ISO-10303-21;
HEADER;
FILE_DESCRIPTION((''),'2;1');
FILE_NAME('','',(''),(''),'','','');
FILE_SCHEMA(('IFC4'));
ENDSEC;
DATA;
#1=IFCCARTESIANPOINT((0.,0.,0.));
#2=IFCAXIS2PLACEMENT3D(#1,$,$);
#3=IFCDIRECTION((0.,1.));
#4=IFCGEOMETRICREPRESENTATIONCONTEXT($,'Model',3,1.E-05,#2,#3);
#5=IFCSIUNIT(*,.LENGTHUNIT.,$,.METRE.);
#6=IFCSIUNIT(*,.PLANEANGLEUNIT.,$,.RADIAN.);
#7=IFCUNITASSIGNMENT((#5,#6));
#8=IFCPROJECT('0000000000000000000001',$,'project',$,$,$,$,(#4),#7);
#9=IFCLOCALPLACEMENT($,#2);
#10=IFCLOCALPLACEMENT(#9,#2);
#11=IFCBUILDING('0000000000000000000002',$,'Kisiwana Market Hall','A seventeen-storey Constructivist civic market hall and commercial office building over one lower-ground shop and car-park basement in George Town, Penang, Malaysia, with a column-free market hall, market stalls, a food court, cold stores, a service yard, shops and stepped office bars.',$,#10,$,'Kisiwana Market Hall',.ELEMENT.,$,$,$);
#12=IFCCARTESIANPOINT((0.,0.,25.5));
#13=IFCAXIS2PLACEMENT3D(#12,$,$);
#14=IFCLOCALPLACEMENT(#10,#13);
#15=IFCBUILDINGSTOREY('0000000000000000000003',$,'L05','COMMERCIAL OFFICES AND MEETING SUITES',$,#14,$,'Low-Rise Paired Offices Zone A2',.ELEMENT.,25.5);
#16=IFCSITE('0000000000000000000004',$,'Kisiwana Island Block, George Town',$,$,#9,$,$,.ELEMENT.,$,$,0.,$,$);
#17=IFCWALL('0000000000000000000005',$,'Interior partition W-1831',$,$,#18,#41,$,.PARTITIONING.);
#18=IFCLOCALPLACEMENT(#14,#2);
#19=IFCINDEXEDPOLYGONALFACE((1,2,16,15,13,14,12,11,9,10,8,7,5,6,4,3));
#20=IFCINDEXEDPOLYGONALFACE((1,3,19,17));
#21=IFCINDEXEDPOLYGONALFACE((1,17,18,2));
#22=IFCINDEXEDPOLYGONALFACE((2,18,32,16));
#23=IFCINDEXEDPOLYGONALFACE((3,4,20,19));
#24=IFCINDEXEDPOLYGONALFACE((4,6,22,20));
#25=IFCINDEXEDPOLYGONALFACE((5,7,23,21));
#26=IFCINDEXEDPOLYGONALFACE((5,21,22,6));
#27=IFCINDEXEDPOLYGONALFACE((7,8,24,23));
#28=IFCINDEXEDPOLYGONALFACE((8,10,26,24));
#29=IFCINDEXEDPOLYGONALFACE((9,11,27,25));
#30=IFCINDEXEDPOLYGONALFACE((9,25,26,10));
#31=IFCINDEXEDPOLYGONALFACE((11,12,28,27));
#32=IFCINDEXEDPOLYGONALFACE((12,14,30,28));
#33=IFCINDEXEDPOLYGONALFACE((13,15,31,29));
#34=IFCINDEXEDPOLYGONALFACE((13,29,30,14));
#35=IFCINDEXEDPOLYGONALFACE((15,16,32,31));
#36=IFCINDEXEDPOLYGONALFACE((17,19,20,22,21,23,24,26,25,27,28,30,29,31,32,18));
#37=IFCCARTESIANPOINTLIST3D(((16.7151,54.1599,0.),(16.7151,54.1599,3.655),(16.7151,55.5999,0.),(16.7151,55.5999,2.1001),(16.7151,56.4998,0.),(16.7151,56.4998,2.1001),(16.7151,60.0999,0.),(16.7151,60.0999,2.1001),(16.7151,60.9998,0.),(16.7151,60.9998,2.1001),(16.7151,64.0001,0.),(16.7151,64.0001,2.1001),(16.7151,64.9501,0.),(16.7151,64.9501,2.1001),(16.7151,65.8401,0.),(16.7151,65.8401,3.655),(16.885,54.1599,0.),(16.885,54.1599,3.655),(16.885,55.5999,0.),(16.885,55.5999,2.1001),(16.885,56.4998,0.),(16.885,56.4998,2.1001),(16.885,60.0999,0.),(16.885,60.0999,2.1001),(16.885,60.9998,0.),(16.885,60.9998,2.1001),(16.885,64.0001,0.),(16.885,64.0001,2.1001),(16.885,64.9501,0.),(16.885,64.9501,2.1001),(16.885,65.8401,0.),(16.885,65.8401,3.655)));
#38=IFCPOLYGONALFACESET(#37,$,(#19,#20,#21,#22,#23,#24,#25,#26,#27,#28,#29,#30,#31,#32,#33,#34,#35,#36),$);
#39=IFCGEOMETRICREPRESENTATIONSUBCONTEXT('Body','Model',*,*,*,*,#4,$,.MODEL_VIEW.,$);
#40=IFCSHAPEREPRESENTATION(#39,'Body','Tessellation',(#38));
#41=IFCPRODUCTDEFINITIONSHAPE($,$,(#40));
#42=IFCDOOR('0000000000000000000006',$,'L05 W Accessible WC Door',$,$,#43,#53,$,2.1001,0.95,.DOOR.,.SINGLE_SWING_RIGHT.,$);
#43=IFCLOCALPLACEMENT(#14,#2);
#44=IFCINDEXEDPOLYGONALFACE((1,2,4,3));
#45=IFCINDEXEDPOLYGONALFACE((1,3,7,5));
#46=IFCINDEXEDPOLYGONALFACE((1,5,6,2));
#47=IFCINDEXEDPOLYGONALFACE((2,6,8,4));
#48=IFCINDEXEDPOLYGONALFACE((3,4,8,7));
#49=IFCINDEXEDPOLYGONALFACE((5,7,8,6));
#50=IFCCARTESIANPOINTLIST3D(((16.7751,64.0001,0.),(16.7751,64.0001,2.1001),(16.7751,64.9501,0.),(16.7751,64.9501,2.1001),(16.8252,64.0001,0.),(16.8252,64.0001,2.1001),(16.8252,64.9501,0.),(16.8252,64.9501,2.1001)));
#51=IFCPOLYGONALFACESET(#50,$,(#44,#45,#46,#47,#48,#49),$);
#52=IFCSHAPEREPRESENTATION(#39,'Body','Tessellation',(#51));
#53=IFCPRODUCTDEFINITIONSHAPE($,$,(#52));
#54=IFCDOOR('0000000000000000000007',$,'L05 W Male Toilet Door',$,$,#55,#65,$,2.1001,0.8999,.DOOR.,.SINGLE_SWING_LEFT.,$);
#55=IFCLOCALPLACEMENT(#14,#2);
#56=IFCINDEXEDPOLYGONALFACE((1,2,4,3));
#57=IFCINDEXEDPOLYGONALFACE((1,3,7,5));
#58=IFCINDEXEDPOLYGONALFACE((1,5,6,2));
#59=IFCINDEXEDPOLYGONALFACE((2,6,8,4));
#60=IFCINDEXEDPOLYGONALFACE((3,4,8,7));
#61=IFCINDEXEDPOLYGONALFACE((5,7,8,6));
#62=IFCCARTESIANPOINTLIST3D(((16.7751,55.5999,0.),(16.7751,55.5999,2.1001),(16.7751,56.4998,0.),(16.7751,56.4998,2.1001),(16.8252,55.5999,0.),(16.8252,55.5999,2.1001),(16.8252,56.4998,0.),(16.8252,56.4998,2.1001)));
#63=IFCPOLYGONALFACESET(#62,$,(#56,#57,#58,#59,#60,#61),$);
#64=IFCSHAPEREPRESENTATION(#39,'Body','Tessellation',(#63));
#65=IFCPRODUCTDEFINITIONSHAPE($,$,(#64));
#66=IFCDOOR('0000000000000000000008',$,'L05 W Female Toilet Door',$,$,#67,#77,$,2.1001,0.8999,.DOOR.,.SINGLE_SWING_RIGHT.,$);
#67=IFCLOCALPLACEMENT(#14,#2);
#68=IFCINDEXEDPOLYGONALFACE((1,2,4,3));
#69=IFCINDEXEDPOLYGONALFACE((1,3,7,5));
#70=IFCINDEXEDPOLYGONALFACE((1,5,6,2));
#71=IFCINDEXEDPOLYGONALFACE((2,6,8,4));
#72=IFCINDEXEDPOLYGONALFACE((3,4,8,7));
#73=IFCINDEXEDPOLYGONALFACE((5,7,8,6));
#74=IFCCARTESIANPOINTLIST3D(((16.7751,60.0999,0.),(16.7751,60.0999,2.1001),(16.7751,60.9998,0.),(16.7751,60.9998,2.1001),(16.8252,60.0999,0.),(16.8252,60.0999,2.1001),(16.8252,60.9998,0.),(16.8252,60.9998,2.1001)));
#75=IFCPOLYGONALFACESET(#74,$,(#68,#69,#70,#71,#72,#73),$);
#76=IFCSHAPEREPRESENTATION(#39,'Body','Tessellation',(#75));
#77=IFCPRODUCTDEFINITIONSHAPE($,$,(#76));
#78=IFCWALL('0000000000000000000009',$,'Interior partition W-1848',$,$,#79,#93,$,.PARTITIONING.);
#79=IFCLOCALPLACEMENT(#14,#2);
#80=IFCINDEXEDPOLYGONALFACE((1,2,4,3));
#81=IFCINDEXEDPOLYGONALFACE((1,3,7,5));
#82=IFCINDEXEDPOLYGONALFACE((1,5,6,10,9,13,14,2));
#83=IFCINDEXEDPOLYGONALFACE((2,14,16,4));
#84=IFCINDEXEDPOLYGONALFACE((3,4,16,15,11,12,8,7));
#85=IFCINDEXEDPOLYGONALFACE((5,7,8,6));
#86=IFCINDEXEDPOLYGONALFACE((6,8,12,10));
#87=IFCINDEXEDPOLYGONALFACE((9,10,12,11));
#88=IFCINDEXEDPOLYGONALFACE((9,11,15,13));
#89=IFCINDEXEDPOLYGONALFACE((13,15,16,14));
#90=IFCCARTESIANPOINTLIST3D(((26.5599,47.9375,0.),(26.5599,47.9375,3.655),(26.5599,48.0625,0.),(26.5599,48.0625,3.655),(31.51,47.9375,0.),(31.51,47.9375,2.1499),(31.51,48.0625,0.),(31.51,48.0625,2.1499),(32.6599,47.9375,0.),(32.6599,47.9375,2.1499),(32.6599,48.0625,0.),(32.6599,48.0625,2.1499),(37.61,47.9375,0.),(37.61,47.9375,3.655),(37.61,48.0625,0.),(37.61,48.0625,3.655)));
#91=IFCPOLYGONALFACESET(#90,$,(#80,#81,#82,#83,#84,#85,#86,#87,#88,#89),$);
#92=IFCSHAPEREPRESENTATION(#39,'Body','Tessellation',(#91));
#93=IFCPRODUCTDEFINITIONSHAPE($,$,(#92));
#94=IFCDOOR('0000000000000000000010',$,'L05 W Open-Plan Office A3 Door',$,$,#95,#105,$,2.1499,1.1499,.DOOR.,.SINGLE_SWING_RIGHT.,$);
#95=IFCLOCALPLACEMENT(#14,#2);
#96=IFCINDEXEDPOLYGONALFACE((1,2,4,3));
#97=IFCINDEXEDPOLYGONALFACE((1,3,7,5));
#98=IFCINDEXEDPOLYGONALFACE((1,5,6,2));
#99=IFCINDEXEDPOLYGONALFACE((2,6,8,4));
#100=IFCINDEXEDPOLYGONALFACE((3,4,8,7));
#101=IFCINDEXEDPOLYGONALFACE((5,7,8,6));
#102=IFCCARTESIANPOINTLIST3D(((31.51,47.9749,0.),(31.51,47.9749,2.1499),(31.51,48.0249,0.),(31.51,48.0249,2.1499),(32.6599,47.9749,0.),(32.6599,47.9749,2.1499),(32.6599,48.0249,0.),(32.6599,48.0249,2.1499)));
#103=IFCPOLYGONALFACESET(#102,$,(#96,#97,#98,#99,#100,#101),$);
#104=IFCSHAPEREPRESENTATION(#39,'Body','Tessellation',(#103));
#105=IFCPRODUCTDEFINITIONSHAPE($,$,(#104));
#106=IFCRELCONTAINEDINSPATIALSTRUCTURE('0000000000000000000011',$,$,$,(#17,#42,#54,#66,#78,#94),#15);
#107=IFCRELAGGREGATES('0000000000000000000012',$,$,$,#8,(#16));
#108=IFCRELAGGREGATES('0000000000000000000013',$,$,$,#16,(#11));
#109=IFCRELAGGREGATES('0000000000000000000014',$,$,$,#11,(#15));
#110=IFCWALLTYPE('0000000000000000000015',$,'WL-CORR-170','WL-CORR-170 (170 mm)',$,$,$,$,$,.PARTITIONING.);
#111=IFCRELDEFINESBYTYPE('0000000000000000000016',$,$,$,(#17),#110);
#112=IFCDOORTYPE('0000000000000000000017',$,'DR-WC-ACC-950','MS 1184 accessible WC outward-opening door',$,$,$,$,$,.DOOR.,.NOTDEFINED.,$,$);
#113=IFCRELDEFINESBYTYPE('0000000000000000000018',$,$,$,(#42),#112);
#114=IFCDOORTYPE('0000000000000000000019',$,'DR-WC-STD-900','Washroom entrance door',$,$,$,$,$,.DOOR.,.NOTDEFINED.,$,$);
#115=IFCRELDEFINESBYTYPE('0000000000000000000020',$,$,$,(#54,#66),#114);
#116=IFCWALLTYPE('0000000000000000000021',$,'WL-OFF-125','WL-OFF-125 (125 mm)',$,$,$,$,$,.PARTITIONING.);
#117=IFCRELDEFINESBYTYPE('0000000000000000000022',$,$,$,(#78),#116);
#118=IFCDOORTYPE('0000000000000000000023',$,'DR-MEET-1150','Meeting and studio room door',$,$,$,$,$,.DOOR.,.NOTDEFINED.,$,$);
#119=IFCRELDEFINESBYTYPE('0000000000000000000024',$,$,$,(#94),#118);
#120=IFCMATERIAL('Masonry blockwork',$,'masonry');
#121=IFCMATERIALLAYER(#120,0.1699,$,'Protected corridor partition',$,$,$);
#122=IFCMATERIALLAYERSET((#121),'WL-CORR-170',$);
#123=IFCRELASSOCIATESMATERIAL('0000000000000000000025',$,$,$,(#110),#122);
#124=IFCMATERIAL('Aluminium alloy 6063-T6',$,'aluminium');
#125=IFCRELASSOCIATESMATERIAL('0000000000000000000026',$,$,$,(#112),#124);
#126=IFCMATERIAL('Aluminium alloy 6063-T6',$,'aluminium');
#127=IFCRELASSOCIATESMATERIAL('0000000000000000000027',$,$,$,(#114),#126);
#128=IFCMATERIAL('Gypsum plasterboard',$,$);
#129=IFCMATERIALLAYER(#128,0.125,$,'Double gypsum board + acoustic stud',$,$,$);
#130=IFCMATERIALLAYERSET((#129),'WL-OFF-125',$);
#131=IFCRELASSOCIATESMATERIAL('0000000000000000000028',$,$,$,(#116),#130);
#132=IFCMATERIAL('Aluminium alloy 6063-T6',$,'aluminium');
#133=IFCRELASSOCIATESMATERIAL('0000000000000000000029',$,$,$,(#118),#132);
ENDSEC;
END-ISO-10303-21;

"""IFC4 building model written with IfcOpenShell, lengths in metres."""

from ifc_helpers import new_model, si_unit, direction, frame, frame_2d, origin, place, context, subcontext, project, spatial, rectangle, extrude, material, layer, layer_set, type_object, element, fill, save


model = new_model("IFC4")

# Units and contexts
model_context = context("Model", 3, precision=1e-05, world=origin(), true_north=direction((0.0, 1.0)))
body_context = subcontext(model_context, "Body", "Model", "MODEL_VIEW")
ifc_project = project(units=[si_unit("LENGTHUNIT", "METRE"), si_unit("PLANEANGLEUNIT", "RADIAN")], contexts=[model_context])

# Site, building, storey
site_placement = place(None, origin())
site = spatial("IfcSite", under=ifc_project, at=site_placement, Name="Kisiwana Island Block, George Town", CompositionType="ELEMENT", RefElevation=0.0)
building_placement = place(site_placement, origin())
building = spatial("IfcBuilding", under=site, at=building_placement, Name="Kisiwana Market Hall", Description="A seventeen-storey Constructivist civic market hall and commercial office building over one lower-ground shop and car-park basement in George Town, Penang, Malaysia, with a column-free market hall, market stalls, a food court, cold stores, a service yard, shops and stepped office bars.", LongName="Kisiwana Market Hall", CompositionType="ELEMENT")
storey_placement = place(building_placement, frame((0.0, 0.0, 25.5)))
storey = spatial("IfcBuildingStorey", under=building, at=storey_placement, Name="L05", Description="COMMERCIAL OFFICES AND MEETING SUITES", LongName="Low-Rise Paired Offices Zone A2", CompositionType="ELEMENT", Elevation=25.5)

# Wall, openings, doors
ifc_material_1 = material(Name="Masonry blockwork", Category="masonry")
ifc_layer_1 = layer(ifc_material_1, 0.1699, Name="Protected corridor partition")
ifc_layer_set_1 = layer_set([ifc_layer_1], Name="WL-CORR-170")
wall_type_1 = type_object("IfcWallType", Name="WL-CORR-170", Description="WL-CORR-170 (170 mm)", PredefinedType="PARTITIONING", material=ifc_layer_set_1)
wall_1_placement = place(storey_placement, frame((16.8, 54.1599, 0.0), z_axis=(0.0, 0.0, 1.0), x_axis=(0.0, 1.0, 0.0)))
wall_1 = element("IfcWall", 1, at=wall_1_placement, inside=storey, type_object=wall_type_1, Name="Interior partition W-1831", PredefinedType="PARTITIONING", context=body_context, shape_type="SweptSolid", body=[
    extrude(rectangle(XDim=11.6802, YDim=0.1699, at=frame_2d((5.8401, 0.0))), origin(), (0.0, 0.0, 1.0), 3.655),
])
opening_1_placement = place(wall_1_placement, frame((1.4399, 0.0, 0.0)))
opening_1 = element("IfcOpeningElement", 2, at=opening_1_placement, cuts=wall_1, PredefinedType="OPENING", context=body_context, shape_type="SweptSolid", body=[
    extrude(rectangle(XDim=0.8999, YDim=2.1001, at=frame_2d((0.45, 1.05))), frame((0.0, 0.0969, 0.0), z_axis=(0.0, -1.0, 0.0), x_axis=(1.0, 0.0, 0.0)), (0.0, 0.0, 1.0), 0.1938),
])
opening_2_placement = place(wall_1_placement, frame((5.9399, 0.0, 0.0)))
opening_2 = element("IfcOpeningElement", 3, at=opening_2_placement, cuts=wall_1, PredefinedType="OPENING", context=body_context, shape_type="SweptSolid", body=[
    extrude(rectangle(XDim=0.8999, YDim=2.1001, at=frame_2d((0.45, 1.05))), frame((0.0, 0.0969, 0.0), z_axis=(0.0, -1.0, 0.0), x_axis=(1.0, 0.0, 0.0)), (0.0, 0.0, 1.0), 0.1938),
])
opening_3_placement = place(wall_1_placement, frame((9.8401, 0.0, 0.0)))
opening_3 = element("IfcOpeningElement", 4, at=opening_3_placement, cuts=wall_1, PredefinedType="OPENING", context=body_context, shape_type="SweptSolid", body=[
    extrude(rectangle(XDim=0.95, YDim=2.1001, at=frame_2d((0.4751, 1.05))), frame((0.0, 0.0969, 0.0), z_axis=(0.0, -1.0, 0.0), x_axis=(1.0, 0.0, 0.0)), (0.0, 0.0, 1.0), 0.1938),
])
ifc_material_2 = material(Name="Aluminium alloy 6063-T6", Category="aluminium")
door_type_1 = type_object("IfcDoorType", Name="DR-WC-ACC-950", Description="MS 1184 accessible WC outward-opening door", OperationType="NOTDEFINED", PredefinedType="DOOR", material=ifc_material_2)
door_1_placement = place(opening_3_placement, origin())
door_1 = element("IfcDoor", 5, at=door_1_placement, inside=storey, type_object=door_type_1, Name="L05 W Accessible WC Door", OperationType="SINGLE_SWING_RIGHT", OverallHeight=2.1001, OverallWidth=0.95, PredefinedType="DOOR", context=body_context, shape_type="SweptSolid", body=[
    extrude(rectangle(XDim=0.95, YDim=2.1001, at=frame_2d((0.4751, 1.05))), frame((0.0, 0.0249, 0.0), z_axis=(0.0, -1.0, 0.0), x_axis=(1.0, 0.0, 0.0)), (0.0, 0.0, 1.0), 0.05),
])
fill(opening_3, door_1)
ifc_material_3 = material(Name="Aluminium alloy 6063-T6", Category="aluminium")
door_type_2 = type_object("IfcDoorType", Name="DR-WC-STD-900", Description="Washroom entrance door", OperationType="NOTDEFINED", PredefinedType="DOOR", material=ifc_material_3)
door_2_placement = place(opening_1_placement, origin())
door_2 = element("IfcDoor", 6, at=door_2_placement, inside=storey, type_object=door_type_2, Name="L05 W Male Toilet Door", OperationType="SINGLE_SWING_LEFT", OverallHeight=2.1001, OverallWidth=0.8999, PredefinedType="DOOR", context=body_context, shape_type="SweptSolid", body=[
    extrude(rectangle(XDim=0.8999, YDim=2.1001, at=frame_2d((0.45, 1.05))), frame((0.0, 0.0249, 0.0), z_axis=(0.0, -1.0, 0.0), x_axis=(1.0, 0.0, 0.0)), (0.0, 0.0, 1.0), 0.05),
])
fill(opening_1, door_2)
door_3_placement = place(opening_2_placement, origin())
door_3 = element("IfcDoor", 7, at=door_3_placement, inside=storey, type_object=door_type_2, Name="L05 W Female Toilet Door", OperationType="SINGLE_SWING_RIGHT", OverallHeight=2.1001, OverallWidth=0.8999, PredefinedType="DOOR", context=body_context, shape_type="SweptSolid", body=[
    extrude(rectangle(XDim=0.8999, YDim=2.1001, at=frame_2d((0.45, 1.05))), frame((0.0, 0.0249, 0.0), z_axis=(0.0, -1.0, 0.0), x_axis=(1.0, 0.0, 0.0)), (0.0, 0.0, 1.0), 0.05),
])
fill(opening_2, door_3)

# Wall, opening, door
ifc_material_4 = material(Name="Gypsum plasterboard")
ifc_layer_2 = layer(ifc_material_4, 0.125, Name="Double gypsum board + acoustic stud")
ifc_layer_set_2 = layer_set([ifc_layer_2], Name="WL-OFF-125")
wall_type_2 = type_object("IfcWallType", Name="WL-OFF-125", Description="WL-OFF-125 (125 mm)", PredefinedType="PARTITIONING", material=ifc_layer_set_2)
wall_2_placement = place(storey_placement, frame((26.5601, 48.0, 0.0), z_axis=(0.0, 0.0, 1.0), x_axis=(1.0, 0.0, 0.0)))
wall_2 = element("IfcWall", 8, at=wall_2_placement, inside=storey, type_object=wall_type_2, Name="Interior partition W-1848", PredefinedType="PARTITIONING", context=body_context, shape_type="SweptSolid", body=[
    extrude(rectangle(XDim=11.05, YDim=0.125, at=frame_2d((5.5249, 0.0))), origin(), (0.0, 0.0, 1.0), 3.655),
])
opening_4_placement = place(wall_2_placement, frame((4.95, 0.0, 0.0)))
opening_4 = element("IfcOpeningElement", 9, at=opening_4_placement, cuts=wall_2, PredefinedType="OPENING", context=body_context, shape_type="SweptSolid", body=[
    extrude(rectangle(XDim=1.1499, YDim=2.1499, at=frame_2d((0.575, 1.075))), frame((0.0, 0.0745, 0.0), z_axis=(0.0, -1.0, 0.0), x_axis=(1.0, 0.0, 0.0)), (0.0, 0.0, 1.0), 0.1489),
])
ifc_material_5 = material(Name="Aluminium alloy 6063-T6", Category="aluminium")
door_type_3 = type_object("IfcDoorType", Name="DR-MEET-1150", Description="Meeting and studio room door", OperationType="NOTDEFINED", PredefinedType="DOOR", material=ifc_material_5)
door_4_placement = place(opening_4_placement, origin())
door_4 = element("IfcDoor", 10, at=door_4_placement, inside=storey, type_object=door_type_3, Name="L05 W Open-Plan Office A3 Door", OperationType="SINGLE_SWING_RIGHT", OverallHeight=2.1499, OverallWidth=1.1499, PredefinedType="DOOR", context=body_context, shape_type="SweptSolid", body=[
    extrude(rectangle(XDim=1.1499, YDim=2.1499, at=frame_2d((0.575, 1.075))), frame((0.0, 0.0249, 0.0), z_axis=(0.0, -1.0, 0.0), x_axis=(1.0, 0.0, 0.0)), (0.0, 0.0, 1.0), 0.05),
])
fill(opening_4, door_4)

save(model, "model.ifc")
